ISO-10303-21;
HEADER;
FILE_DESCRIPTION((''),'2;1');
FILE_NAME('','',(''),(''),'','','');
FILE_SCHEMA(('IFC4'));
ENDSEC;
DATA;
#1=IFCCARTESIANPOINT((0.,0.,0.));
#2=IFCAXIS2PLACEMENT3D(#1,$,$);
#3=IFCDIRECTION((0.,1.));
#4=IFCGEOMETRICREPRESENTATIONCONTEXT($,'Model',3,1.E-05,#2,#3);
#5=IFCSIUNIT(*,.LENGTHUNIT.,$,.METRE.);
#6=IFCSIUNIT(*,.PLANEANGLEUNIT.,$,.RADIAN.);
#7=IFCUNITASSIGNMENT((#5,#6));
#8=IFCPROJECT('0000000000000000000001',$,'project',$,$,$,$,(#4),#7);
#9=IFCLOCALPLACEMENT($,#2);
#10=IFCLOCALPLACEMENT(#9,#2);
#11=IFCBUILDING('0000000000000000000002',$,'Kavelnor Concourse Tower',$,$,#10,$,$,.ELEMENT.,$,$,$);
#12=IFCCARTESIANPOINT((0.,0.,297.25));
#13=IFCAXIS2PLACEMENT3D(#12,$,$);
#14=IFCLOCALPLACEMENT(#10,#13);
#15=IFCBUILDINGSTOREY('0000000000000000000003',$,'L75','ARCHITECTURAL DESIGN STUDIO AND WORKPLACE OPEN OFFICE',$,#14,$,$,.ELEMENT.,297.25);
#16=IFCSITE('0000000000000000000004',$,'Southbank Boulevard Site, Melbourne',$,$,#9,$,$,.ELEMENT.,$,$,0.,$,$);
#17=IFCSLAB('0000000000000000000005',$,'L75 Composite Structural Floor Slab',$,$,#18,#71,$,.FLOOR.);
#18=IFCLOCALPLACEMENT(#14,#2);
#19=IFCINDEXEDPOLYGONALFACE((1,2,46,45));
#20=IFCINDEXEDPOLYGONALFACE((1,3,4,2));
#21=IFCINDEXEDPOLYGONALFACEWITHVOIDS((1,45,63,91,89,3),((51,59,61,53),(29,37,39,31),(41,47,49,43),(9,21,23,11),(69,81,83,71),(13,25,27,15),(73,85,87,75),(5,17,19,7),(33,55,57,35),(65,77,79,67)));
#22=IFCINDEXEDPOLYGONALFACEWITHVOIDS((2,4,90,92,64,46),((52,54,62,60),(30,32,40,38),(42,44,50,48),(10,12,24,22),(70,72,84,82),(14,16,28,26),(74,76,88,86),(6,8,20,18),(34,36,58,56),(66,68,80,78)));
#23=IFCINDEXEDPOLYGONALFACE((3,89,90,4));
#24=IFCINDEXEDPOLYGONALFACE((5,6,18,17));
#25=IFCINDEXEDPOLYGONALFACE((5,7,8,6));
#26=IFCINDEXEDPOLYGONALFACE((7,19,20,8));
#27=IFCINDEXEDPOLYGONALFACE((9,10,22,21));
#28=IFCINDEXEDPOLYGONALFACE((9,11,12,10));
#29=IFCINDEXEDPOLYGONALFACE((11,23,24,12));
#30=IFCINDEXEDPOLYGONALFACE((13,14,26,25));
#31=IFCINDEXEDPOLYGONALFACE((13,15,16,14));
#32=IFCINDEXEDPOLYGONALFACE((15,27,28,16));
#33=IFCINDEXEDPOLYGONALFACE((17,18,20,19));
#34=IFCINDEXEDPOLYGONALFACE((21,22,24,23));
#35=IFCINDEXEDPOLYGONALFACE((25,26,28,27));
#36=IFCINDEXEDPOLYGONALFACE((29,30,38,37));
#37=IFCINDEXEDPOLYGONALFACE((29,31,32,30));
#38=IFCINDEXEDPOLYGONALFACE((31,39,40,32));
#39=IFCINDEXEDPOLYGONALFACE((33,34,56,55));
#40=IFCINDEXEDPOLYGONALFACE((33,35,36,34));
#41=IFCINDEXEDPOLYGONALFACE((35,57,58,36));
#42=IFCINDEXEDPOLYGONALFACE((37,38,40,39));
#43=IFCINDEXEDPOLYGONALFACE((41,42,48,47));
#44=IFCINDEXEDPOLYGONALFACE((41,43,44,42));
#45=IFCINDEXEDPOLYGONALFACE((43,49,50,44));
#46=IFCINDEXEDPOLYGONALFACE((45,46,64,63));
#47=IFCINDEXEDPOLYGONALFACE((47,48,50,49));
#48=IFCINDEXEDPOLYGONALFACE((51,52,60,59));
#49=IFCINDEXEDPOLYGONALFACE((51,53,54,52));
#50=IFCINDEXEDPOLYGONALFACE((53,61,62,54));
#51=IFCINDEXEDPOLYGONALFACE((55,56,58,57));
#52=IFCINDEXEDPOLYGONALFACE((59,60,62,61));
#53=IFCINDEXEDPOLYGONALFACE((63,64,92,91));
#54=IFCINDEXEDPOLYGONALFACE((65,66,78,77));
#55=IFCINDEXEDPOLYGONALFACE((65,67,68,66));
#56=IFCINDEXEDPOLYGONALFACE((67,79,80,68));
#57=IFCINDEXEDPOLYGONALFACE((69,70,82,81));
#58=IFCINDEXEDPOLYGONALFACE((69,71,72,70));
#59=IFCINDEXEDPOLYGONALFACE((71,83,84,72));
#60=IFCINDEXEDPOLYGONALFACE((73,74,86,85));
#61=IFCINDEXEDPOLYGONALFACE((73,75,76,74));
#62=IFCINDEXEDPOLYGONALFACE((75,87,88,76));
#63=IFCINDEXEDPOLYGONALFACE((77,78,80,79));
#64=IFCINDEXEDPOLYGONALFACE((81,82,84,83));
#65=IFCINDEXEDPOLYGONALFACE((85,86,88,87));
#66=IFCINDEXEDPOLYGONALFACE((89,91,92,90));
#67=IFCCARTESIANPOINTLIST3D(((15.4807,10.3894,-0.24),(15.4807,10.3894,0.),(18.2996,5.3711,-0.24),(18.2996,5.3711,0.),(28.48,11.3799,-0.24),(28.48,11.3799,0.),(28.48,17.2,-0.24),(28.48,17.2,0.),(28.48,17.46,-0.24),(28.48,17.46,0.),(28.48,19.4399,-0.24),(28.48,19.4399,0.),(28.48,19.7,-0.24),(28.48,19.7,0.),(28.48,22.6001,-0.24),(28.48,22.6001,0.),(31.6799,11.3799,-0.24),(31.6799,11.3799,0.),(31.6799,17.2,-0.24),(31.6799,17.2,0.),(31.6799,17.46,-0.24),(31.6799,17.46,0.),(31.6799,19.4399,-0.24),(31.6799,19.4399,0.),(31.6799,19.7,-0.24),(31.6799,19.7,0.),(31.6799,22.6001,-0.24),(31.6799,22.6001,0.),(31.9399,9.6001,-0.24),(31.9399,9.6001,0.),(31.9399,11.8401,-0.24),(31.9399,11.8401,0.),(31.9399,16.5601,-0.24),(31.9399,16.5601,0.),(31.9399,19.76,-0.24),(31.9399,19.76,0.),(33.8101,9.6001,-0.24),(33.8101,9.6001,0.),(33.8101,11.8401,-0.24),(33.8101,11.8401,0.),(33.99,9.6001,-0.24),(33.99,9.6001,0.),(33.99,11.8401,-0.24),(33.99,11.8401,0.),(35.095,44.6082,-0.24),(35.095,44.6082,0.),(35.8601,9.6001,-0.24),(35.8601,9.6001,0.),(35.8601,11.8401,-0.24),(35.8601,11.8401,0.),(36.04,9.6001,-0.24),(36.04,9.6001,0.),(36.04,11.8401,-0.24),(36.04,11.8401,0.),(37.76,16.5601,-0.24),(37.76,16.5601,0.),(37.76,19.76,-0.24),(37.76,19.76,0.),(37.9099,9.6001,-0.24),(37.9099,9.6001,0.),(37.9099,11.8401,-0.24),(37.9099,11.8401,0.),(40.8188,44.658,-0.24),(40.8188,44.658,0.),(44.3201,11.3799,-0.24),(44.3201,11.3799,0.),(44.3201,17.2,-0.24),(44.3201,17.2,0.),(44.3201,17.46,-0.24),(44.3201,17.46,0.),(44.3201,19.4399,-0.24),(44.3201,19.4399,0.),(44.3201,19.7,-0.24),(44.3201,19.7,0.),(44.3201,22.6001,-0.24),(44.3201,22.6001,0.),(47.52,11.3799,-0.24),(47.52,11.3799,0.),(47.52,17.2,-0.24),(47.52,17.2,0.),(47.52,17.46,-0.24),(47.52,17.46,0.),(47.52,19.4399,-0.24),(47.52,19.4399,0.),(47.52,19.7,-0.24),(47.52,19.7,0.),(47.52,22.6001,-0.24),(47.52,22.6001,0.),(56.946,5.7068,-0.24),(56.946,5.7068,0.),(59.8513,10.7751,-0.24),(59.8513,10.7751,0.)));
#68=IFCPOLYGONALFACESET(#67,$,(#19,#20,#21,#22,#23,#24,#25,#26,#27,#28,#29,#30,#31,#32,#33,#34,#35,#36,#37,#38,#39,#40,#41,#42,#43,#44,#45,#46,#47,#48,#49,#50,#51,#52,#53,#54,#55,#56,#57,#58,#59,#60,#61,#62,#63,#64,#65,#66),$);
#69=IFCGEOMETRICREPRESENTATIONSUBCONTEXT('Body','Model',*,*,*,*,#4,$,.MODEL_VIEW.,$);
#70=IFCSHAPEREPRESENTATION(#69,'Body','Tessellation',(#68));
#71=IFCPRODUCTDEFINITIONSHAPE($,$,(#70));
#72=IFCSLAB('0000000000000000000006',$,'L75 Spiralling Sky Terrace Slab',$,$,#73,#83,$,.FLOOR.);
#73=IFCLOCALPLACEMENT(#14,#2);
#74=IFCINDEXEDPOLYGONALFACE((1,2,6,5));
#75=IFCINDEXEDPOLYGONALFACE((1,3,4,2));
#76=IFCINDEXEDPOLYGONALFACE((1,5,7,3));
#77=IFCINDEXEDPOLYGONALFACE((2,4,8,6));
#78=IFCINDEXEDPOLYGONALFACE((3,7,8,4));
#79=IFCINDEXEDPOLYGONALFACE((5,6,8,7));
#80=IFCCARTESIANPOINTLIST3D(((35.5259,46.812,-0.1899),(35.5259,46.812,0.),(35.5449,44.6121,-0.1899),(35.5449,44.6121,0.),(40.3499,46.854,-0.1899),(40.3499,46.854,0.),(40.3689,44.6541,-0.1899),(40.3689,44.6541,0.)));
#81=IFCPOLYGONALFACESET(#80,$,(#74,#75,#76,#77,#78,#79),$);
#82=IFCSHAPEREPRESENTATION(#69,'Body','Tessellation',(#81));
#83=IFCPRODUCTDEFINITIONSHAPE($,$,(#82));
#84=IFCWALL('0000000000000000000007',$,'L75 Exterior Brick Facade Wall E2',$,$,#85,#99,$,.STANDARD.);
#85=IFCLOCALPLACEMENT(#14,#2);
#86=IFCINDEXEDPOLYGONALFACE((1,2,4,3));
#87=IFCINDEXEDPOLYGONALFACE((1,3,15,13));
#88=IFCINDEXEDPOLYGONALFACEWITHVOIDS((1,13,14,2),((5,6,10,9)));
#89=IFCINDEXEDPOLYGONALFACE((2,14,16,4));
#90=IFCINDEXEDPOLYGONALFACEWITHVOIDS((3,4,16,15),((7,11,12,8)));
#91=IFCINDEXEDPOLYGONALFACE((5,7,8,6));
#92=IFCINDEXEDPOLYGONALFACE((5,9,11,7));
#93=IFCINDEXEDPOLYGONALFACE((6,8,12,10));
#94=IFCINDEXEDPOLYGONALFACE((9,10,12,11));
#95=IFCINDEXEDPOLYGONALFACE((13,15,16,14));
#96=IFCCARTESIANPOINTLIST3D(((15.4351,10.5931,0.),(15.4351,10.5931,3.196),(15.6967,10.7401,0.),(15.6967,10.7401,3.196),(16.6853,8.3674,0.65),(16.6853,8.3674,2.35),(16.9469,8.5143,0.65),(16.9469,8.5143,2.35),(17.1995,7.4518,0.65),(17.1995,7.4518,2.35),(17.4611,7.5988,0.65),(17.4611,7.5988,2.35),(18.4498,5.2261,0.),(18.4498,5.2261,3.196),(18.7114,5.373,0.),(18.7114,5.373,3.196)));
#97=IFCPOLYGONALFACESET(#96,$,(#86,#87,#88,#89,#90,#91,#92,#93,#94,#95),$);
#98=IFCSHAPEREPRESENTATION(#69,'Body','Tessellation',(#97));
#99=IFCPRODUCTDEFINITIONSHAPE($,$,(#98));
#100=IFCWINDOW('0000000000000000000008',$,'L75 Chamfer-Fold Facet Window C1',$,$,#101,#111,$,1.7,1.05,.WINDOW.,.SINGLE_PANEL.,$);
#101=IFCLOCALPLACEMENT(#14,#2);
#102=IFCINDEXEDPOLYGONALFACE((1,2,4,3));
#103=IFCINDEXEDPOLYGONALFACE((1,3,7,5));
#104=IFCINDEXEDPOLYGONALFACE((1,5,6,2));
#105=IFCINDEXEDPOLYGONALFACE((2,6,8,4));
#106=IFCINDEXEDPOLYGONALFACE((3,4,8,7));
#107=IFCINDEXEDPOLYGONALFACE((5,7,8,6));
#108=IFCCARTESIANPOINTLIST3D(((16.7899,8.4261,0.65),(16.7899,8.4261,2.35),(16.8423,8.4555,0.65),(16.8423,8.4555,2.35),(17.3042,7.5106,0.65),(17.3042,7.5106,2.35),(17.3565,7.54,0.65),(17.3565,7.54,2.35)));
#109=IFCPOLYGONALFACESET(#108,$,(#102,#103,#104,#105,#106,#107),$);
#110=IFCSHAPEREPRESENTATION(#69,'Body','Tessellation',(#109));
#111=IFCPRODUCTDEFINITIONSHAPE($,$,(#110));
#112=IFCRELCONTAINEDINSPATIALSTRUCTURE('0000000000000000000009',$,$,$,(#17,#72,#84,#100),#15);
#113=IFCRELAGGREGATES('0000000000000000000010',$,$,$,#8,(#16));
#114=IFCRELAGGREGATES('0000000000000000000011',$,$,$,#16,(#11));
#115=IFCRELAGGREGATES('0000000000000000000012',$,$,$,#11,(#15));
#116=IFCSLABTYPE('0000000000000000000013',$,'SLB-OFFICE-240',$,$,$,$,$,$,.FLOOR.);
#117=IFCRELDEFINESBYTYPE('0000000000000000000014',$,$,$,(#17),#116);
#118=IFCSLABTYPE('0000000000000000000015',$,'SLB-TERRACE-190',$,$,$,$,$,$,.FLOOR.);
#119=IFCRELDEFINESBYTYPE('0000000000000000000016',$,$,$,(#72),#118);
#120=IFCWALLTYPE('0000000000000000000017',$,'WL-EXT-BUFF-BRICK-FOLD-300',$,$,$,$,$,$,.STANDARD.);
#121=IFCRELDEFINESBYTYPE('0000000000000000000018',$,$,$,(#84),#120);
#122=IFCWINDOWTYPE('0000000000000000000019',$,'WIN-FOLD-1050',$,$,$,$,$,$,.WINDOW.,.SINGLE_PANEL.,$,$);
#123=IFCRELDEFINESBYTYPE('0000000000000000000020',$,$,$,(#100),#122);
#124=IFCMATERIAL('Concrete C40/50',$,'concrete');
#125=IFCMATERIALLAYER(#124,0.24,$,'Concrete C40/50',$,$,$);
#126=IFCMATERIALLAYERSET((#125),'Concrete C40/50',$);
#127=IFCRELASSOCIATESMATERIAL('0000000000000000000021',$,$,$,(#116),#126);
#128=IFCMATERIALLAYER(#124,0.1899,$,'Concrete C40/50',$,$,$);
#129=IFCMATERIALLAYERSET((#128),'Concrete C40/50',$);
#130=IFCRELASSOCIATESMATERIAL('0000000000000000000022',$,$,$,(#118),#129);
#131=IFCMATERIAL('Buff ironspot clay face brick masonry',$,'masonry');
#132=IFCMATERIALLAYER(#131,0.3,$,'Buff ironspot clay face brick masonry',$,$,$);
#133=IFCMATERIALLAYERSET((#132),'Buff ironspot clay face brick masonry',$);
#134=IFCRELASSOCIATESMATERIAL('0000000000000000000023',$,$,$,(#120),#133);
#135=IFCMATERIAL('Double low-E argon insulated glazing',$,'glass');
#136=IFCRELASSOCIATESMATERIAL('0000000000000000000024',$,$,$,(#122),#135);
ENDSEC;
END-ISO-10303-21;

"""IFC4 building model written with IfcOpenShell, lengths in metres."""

from ifc_helpers import new_model, si_unit, direction, frame, frame_2d, origin, place, context, subcontext, project, spatial, polyline, rectangle, outline, extrude, material, layer, layer_set, type_object, element, fill, save


model = new_model("IFC4")

# Units and contexts
model_context = context("Model", 3, precision=1e-05, world=origin(), true_north=direction((0.0, 1.0)))
body_context = subcontext(model_context, "Body", "Model", "MODEL_VIEW")
ifc_project = project(units=[si_unit("LENGTHUNIT", "METRE"), si_unit("PLANEANGLEUNIT", "RADIAN")], contexts=[model_context])

# Site, building, storey
site_placement = place(None, origin())
site = spatial("IfcSite", under=ifc_project, at=site_placement, Name="Southbank Boulevard Site, Melbourne", CompositionType="ELEMENT", RefElevation=0.0)
building_placement = place(site_placement, origin())
building = spatial("IfcBuilding", under=site, at=building_placement, Name="Kavelnor Concourse Tower", CompositionType="ELEMENT")
storey_placement = place(building_placement, frame((0.0, 0.0, 297.25)))
storey = spatial("IfcBuildingStorey", under=building, at=storey_placement, Name="L75", Description="ARCHITECTURAL DESIGN STUDIO AND WORKPLACE OPEN OFFICE", CompositionType="ELEMENT", Elevation=297.25)

# Shared definitions
ifc_material_1 = material(Name="Concrete C40/50", Category="concrete")

# Slabs
ifc_layer_1 = layer(ifc_material_1, 0.24, Name="Concrete C40/50")
ifc_layer_set_1 = layer_set([ifc_layer_1], Name="Concrete C40/50")
slab_type_1 = type_object("IfcSlabType", Name="SLB-OFFICE-240", PredefinedType="FLOOR", material=ifc_layer_set_1)
slab_1_placement = place(storey_placement, frame((0.0, 0.0, -0.24)))
element("IfcSlab", 1, at=slab_1_placement, inside=storey, type_object=slab_type_1, Name="L75 Composite Structural Floor Slab", PredefinedType="FLOOR", context=body_context, shape_type="SweptSolid", body=[
    extrude(outline(polyline([(40.8188, 44.658), (35.095, 44.6082), (15.4807, 10.3894), (18.2996, 5.3711), (56.946, 5.7068), (59.8513, 10.7751), (40.8188, 44.658)]), holes=[polyline([(28.48, 11.3799), (31.6799, 11.3799), (31.6799, 17.2), (28.48, 17.2), (28.48, 11.3799)]), polyline([(44.3201, 11.3799), (47.52, 11.3799), (47.52, 17.2), (44.3201, 17.2), (44.3201, 11.3799)]), polyline([(31.9399, 16.5601), (37.76, 16.5601), (37.76, 19.76), (31.9399, 19.76), (31.9399, 16.5601)]), polyline([(28.48, 19.7), (31.6799, 19.7), (31.6799, 22.6001), (28.48, 22.6001), (28.48, 19.7)]), polyline([(44.3201, 19.7), (47.52, 19.7), (47.52, 22.6001), (44.3201, 22.6001), (44.3201, 19.7)]), polyline([(31.9399, 9.6001), (33.8101, 9.6001), (33.8101, 11.8401), (31.9399, 11.8401), (31.9399, 9.6001)]), polyline([(33.99, 9.6001), (35.8601, 9.6001), (35.8601, 11.8401), (33.99, 11.8401), (33.99, 9.6001)]), polyline([(36.04, 9.6001), (37.9099, 9.6001), (37.9099, 11.8401), (36.04, 11.8401), (36.04, 9.6001)]), polyline([(28.48, 17.46), (31.6799, 17.46), (31.6799, 19.4399), (28.48, 19.4399), (28.48, 17.46)]), polyline([(44.3201, 17.46), (47.52, 17.46), (47.52, 19.4399), (44.3201, 19.4399), (44.3201, 17.46)])]), origin(), (0.0, 0.0, 1.0), 0.24),
])
ifc_layer_2 = layer(ifc_material_1, 0.1899, Name="Concrete C40/50")
ifc_layer_set_2 = layer_set([ifc_layer_2], Name="Concrete C40/50")
slab_type_2 = type_object("IfcSlabType", Name="SLB-TERRACE-190", PredefinedType="FLOOR", material=ifc_layer_set_2)
slab_2_placement = place(storey_placement, frame((0.0, 0.0, -0.1899)))
element("IfcSlab", 2, at=slab_2_placement, inside=storey, type_object=slab_type_2, Name="L75 Spiralling Sky Terrace Slab", PredefinedType="FLOOR", context=body_context, shape_type="SweptSolid", body=[
    extrude(outline(polyline([(35.5259, 46.812), (40.3499, 46.854), (40.3689, 44.6541), (35.5449, 44.6121), (35.5259, 46.812)])), origin(), (0.0, 0.0, 1.0), 0.1899),
])

# Wall, opening, window
ifc_material_2 = material(Name="Buff ironspot clay face brick masonry", Category="masonry")
ifc_layer_3 = layer(ifc_material_2, 0.3, Name="Buff ironspot clay face brick masonry")
ifc_layer_set_3 = layer_set([ifc_layer_3], Name="Buff ironspot clay face brick masonry")
wall_type_1 = type_object("IfcWallType", Name="WL-EXT-BUFF-BRICK-FOLD-300", PredefinedType="STANDARD", material=ifc_layer_set_3)
wall_1_placement = place(storey_placement, frame((18.5806, 5.2996, 0.0), z_axis=(0.0, 0.0, 1.0), x_axis=(-0.489736, 0.871871, 0.0)))
wall_1 = element("IfcWall", 3, at=wall_1_placement, inside=storey, type_object=wall_type_1, Name="L75 Exterior Brick Facade Wall E2", PredefinedType="STANDARD", context=body_context, shape_type="SweptSolid", body=[
    extrude(rectangle(XDim=6.1558, YDim=0.3, at=frame_2d((3.0779, 0.0))), origin(), (0.0, 0.0, 1.0), 3.196),
])
opening_1_placement = place(wall_1_placement, frame((2.553, 0.0, 0.6499)))
opening_1 = element("IfcOpeningElement", 4, at=opening_1_placement, cuts=wall_1, PredefinedType="OPENING", context=body_context, shape_type="SweptSolid", body=[
    extrude(rectangle(XDim=1.05, YDim=1.7, at=frame_2d((0.5249, 0.8501))), frame((0.0, 0.1602, 0.0), z_axis=(0.0, -1.0, 0.0), x_axis=(1.0, 0.0, 0.0)), (0.0, 0.0, 1.0), 0.3201),
])
ifc_material_3 = material(Name="Double low-E argon insulated glazing", Category="glass")
window_type_1 = type_object("IfcWindowType", Name="WIN-FOLD-1050", PartitioningType="SINGLE_PANEL", PredefinedType="WINDOW", material=ifc_material_3)
window_1_placement = place(opening_1_placement, origin())
window_1 = element("IfcWindow", 5, at=window_1_placement, inside=storey, type_object=window_type_1, Name="L75 Chamfer-Fold Facet Window C1", OverallHeight=1.7, OverallWidth=1.05, PartitioningType="SINGLE_PANEL", PredefinedType="WINDOW", context=body_context, shape_type="SweptSolid", body=[
    extrude(rectangle(XDim=1.05, YDim=1.7, at=frame_2d((0.5249, 0.8501))), frame((0.0, 0.03, 0.0), z_axis=(0.0, -1.0, 0.0), x_axis=(1.0, 0.0, 0.0)), (0.0, 0.0, 1.0), 0.0601),
])
fill(opening_1, window_1)

save(model, "model.ifc")
